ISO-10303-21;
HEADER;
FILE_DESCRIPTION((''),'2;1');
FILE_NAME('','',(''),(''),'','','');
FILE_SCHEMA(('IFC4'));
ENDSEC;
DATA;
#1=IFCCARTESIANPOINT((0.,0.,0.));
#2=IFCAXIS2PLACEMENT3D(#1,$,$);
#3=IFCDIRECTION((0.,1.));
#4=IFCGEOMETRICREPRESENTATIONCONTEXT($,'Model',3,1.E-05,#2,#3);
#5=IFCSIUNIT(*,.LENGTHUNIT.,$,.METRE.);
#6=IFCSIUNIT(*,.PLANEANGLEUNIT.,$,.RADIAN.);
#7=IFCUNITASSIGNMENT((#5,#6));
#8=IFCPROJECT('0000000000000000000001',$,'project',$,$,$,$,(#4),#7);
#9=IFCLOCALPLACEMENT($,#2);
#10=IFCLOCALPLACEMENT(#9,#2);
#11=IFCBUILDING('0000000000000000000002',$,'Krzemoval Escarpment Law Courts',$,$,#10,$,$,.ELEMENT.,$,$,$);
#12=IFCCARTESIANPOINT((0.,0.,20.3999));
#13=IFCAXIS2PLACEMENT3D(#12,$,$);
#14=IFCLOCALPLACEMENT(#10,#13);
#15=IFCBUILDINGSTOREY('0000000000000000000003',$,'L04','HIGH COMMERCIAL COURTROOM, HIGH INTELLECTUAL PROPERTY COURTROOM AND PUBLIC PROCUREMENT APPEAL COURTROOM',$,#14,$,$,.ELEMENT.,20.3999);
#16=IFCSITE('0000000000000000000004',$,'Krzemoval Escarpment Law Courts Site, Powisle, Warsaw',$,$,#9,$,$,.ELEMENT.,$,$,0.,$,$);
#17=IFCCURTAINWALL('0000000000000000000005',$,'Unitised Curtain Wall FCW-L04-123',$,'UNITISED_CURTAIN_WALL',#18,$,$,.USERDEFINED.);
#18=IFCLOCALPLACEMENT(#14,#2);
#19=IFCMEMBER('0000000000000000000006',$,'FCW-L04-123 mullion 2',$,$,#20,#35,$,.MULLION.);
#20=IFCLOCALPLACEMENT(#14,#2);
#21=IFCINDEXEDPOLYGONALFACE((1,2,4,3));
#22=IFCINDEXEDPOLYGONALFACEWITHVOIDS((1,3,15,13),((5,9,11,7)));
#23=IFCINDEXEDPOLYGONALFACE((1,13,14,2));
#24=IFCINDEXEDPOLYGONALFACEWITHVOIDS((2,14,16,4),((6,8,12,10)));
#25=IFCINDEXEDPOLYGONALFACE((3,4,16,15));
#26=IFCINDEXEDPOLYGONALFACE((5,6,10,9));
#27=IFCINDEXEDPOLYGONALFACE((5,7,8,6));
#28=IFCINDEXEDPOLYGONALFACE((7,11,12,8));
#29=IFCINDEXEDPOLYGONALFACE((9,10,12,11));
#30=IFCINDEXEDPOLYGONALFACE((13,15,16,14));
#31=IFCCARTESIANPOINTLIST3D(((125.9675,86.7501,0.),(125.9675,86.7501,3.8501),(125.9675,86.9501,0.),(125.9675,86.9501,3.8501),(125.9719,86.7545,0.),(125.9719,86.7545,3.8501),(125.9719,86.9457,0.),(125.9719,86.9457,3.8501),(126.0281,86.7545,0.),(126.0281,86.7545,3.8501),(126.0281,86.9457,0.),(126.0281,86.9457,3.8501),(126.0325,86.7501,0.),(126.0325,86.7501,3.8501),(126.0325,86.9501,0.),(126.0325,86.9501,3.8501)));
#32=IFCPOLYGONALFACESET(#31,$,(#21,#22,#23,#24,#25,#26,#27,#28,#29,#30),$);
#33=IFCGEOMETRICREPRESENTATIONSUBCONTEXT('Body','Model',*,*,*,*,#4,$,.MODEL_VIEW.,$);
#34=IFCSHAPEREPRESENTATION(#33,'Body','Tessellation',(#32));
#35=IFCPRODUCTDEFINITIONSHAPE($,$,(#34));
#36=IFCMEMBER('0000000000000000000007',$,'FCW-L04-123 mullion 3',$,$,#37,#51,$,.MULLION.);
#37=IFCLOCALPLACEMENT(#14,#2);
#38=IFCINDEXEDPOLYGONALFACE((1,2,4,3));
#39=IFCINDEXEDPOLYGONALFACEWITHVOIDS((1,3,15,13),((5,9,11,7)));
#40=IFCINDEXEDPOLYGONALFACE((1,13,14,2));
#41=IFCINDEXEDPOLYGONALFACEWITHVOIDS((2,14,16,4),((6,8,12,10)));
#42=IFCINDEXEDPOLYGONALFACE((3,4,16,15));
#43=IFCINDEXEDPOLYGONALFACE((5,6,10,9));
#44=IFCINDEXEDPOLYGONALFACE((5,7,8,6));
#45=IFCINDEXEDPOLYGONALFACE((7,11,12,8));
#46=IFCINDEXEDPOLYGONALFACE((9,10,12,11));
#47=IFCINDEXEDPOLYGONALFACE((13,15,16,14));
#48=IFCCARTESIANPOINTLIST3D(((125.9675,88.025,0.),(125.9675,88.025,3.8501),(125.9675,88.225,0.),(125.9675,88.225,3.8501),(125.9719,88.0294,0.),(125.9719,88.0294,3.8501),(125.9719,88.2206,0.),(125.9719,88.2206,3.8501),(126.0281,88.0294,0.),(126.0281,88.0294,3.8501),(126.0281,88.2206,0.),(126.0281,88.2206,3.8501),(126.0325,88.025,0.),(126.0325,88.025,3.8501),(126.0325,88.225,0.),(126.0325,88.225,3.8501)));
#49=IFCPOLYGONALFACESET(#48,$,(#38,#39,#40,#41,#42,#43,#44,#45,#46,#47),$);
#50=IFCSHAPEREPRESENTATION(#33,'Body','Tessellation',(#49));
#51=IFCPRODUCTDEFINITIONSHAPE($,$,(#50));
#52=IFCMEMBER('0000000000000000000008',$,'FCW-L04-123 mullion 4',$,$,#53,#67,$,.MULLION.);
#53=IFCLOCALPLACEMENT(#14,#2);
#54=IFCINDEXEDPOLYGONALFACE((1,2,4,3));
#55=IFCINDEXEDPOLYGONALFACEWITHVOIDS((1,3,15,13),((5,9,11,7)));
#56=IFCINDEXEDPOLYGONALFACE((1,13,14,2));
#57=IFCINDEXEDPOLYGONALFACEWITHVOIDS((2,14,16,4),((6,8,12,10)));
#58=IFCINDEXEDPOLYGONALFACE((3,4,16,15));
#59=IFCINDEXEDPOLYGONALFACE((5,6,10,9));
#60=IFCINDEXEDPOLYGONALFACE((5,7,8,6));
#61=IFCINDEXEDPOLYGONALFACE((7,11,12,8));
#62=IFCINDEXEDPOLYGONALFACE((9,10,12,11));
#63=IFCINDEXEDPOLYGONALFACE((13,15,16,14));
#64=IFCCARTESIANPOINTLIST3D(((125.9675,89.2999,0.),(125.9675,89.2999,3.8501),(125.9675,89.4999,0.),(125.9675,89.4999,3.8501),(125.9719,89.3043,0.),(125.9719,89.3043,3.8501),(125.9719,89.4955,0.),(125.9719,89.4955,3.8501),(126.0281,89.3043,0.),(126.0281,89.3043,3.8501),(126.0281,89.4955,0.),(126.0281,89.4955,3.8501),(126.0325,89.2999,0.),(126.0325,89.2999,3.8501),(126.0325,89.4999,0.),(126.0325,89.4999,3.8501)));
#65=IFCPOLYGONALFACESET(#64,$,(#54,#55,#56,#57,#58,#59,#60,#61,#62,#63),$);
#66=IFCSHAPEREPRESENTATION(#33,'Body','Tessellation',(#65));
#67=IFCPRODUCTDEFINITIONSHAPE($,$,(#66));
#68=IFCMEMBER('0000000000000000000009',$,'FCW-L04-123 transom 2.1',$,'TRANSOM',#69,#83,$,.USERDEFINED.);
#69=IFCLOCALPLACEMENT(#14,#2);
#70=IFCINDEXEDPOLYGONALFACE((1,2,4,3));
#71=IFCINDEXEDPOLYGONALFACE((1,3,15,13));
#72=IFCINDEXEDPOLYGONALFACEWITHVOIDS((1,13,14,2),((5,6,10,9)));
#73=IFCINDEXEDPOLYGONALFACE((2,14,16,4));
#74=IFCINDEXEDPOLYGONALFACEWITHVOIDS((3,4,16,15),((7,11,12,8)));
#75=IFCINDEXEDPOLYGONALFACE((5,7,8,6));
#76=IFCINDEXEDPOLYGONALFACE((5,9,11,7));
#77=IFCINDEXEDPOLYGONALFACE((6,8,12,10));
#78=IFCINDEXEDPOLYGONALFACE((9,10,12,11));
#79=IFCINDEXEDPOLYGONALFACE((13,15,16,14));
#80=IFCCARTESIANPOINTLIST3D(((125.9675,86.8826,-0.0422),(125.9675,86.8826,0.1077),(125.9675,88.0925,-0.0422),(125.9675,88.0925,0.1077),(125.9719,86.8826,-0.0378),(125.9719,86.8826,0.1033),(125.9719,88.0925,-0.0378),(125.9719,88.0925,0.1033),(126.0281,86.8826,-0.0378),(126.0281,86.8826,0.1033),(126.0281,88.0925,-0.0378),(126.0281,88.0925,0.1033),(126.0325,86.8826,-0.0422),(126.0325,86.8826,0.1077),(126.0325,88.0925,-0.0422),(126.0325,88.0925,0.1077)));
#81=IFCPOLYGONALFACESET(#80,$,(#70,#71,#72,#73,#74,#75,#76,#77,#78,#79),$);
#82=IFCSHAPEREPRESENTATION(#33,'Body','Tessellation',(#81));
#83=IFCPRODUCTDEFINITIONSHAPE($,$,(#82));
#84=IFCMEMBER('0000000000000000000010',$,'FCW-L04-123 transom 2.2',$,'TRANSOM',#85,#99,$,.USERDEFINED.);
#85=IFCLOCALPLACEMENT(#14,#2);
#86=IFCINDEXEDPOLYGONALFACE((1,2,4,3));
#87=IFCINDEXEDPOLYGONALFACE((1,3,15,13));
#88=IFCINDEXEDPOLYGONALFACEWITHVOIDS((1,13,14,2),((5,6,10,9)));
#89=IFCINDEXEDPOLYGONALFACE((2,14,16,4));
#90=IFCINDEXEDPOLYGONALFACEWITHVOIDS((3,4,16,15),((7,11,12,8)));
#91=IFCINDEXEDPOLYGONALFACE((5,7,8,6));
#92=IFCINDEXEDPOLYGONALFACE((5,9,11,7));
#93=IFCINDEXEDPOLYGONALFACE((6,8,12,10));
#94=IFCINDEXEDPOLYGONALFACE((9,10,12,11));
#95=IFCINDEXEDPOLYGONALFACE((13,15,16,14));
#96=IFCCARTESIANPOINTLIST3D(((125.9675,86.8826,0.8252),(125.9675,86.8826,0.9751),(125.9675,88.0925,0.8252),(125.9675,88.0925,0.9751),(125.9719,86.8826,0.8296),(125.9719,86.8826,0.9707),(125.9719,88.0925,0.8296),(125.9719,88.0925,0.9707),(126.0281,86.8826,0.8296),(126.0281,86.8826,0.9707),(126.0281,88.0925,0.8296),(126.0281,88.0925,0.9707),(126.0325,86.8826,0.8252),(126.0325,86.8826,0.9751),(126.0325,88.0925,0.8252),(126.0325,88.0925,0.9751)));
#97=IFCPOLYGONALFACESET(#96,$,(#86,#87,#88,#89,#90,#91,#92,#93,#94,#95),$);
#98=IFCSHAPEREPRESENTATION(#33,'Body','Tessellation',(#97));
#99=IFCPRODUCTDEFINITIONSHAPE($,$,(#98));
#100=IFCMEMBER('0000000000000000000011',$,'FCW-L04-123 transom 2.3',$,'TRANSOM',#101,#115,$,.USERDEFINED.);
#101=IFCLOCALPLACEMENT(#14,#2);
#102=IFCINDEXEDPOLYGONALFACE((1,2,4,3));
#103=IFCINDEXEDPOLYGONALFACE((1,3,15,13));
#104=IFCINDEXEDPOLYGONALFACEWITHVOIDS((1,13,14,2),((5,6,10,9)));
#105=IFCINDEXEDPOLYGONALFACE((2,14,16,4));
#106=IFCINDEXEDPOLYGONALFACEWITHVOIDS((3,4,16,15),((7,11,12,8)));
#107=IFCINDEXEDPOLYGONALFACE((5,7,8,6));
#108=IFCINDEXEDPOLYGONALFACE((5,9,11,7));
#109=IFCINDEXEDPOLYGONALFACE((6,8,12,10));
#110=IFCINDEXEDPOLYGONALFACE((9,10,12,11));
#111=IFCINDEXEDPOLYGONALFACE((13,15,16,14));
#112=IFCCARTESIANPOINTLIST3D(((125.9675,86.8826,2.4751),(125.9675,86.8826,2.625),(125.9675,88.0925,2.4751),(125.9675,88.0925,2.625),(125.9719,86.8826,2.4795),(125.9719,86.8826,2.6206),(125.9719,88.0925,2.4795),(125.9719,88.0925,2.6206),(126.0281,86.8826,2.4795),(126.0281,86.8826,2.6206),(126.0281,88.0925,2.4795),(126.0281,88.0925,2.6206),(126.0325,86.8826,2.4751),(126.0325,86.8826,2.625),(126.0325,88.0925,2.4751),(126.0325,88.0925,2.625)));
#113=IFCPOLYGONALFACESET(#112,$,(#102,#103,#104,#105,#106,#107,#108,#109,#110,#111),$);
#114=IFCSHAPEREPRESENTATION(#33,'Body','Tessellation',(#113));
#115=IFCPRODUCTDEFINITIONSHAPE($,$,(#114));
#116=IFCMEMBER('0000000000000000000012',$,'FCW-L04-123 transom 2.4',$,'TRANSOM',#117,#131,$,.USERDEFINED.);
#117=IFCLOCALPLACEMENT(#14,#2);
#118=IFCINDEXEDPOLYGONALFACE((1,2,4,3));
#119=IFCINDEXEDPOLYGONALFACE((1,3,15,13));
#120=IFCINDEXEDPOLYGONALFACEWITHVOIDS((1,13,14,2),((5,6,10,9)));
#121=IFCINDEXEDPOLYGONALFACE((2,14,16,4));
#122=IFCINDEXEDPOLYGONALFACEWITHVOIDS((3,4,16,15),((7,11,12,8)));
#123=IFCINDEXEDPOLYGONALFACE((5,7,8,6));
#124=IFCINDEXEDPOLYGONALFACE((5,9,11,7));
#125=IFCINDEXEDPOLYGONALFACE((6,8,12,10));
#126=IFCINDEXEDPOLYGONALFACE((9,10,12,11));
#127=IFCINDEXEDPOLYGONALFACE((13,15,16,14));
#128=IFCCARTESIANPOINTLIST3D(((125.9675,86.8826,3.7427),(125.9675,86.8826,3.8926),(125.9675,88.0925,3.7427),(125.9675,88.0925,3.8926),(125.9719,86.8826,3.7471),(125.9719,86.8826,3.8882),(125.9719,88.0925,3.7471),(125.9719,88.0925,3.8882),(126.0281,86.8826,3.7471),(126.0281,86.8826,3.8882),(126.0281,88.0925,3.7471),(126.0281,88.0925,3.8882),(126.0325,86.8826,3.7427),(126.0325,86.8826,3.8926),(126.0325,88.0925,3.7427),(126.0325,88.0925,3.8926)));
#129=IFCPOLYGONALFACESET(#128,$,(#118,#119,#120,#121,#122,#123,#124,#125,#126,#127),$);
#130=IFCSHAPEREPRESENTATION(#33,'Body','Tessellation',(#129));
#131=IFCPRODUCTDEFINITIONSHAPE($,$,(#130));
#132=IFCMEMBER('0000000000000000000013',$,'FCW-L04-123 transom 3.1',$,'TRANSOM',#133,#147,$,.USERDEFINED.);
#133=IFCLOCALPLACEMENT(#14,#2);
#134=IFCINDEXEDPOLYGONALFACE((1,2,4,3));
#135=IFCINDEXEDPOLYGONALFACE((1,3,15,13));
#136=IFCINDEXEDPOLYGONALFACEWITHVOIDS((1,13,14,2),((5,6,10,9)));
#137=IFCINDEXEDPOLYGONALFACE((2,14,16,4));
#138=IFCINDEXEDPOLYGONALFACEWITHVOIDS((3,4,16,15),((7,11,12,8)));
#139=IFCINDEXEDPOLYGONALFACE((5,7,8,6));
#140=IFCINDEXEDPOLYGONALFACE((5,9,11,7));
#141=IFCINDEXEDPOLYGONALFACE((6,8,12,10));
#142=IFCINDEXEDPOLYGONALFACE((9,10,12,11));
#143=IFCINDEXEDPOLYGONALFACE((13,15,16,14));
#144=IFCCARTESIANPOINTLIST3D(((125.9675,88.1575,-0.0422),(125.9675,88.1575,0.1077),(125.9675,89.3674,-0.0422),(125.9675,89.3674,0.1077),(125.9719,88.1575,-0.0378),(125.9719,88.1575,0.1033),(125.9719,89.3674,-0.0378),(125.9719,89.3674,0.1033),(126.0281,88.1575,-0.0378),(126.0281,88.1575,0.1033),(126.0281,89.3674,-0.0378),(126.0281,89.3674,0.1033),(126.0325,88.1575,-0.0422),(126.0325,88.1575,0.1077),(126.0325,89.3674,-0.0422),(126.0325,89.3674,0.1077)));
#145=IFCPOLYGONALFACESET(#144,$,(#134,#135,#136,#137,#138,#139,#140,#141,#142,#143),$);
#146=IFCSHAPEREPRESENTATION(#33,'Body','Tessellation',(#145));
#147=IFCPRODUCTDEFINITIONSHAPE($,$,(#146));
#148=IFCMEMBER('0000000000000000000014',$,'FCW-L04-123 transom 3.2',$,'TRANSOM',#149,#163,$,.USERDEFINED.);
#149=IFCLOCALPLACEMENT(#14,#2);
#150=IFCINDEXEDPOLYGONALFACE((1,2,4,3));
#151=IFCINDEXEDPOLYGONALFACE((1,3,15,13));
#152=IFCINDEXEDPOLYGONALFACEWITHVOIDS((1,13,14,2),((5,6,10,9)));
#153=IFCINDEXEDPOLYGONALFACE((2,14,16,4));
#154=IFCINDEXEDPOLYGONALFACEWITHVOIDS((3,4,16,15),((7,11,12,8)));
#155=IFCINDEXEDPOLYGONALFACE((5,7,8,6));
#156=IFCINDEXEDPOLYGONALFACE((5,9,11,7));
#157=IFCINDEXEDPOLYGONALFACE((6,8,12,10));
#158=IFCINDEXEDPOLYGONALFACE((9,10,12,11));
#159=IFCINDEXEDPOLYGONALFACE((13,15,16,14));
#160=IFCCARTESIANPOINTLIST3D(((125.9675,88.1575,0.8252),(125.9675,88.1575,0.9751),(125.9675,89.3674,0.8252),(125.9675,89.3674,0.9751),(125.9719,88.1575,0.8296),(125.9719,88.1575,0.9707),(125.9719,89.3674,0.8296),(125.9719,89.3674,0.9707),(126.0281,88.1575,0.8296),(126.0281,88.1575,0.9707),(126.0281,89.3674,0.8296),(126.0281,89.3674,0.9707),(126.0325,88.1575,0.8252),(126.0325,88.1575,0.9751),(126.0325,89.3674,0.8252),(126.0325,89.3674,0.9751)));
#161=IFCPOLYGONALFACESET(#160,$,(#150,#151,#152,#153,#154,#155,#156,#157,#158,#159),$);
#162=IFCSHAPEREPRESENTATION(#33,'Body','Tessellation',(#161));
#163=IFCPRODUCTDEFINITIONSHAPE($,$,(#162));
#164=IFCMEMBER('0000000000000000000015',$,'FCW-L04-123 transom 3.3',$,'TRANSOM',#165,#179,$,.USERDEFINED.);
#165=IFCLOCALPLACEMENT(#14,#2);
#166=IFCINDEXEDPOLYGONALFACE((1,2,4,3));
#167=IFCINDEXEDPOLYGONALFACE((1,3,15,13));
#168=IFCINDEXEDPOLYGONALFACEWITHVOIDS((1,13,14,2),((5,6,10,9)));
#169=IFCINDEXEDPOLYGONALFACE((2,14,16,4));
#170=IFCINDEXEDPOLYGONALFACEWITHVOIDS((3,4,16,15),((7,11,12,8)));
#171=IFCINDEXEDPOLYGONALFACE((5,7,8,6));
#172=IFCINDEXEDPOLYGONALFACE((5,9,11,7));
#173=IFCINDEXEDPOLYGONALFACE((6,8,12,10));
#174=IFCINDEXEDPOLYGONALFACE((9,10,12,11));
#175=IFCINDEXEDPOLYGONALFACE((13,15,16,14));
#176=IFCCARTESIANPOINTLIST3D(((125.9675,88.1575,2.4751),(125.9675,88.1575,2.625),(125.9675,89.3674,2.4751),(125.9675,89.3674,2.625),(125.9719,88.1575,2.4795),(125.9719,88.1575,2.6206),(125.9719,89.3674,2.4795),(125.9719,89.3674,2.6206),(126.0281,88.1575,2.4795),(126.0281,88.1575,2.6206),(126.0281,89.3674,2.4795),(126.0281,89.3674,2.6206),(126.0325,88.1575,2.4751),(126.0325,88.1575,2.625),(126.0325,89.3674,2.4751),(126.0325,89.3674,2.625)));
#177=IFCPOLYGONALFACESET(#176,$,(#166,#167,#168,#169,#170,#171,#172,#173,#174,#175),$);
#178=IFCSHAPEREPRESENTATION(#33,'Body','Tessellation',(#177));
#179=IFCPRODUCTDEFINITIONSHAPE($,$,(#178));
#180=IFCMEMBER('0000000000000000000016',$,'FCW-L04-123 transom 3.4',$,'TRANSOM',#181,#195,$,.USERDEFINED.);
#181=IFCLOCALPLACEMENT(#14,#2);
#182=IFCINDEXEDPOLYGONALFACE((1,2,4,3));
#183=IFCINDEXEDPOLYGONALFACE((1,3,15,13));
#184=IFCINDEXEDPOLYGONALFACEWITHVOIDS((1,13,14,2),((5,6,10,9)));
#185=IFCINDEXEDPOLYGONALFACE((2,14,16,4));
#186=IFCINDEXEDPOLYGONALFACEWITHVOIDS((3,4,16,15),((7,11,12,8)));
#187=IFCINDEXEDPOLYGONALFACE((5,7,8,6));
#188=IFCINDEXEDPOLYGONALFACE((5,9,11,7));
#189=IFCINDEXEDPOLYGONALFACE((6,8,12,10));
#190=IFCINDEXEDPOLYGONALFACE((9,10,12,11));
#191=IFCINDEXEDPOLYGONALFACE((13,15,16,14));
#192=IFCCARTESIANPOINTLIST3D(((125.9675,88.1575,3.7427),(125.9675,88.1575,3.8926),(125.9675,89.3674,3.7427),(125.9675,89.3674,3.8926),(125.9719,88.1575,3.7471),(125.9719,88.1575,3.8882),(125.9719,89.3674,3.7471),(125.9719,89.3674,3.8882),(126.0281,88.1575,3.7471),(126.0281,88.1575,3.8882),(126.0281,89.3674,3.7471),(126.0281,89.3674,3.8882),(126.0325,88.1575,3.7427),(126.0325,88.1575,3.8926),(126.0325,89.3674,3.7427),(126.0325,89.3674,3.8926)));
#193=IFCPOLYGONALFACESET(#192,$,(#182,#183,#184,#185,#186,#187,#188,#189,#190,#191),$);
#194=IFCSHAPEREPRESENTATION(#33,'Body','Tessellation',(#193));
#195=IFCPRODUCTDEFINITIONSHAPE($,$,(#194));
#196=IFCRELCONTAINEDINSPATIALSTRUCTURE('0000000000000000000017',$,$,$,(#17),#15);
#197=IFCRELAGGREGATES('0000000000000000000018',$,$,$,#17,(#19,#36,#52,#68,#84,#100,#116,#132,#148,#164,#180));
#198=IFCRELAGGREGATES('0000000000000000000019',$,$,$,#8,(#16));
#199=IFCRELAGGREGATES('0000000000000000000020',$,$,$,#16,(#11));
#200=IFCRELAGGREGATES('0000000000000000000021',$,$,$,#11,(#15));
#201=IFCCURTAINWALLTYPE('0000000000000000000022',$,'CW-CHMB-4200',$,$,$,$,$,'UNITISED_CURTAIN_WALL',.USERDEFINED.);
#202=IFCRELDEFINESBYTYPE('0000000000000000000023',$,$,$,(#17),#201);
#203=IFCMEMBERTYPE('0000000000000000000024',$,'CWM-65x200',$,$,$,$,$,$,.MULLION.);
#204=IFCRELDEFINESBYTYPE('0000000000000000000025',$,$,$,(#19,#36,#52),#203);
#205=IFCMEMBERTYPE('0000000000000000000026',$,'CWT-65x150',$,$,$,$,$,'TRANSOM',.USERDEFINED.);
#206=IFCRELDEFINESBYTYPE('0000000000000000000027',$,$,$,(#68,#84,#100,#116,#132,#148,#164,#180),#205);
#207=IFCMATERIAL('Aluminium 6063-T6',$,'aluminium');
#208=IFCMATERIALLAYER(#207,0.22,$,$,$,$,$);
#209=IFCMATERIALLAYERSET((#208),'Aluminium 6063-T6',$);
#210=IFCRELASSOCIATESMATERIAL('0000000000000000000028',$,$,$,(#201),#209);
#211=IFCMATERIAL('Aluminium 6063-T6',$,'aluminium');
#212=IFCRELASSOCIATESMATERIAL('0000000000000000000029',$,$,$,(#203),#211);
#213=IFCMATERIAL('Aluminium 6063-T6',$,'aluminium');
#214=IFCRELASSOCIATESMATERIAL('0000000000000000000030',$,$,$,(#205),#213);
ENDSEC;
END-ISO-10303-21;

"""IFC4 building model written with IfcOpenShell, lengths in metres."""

from ifc_helpers import new_model, si_unit, direction, frame, origin, origin_2d, place, context, subcontext, project, spatial, hollow_rectangle, extrude, material, layer, layer_set, material_profile, profile_set, type_object, element, aggregate, save


model = new_model("IFC4")

# Units and contexts
model_context = context("Model", 3, precision=1e-05, world=origin(), true_north=direction((0.0, 1.0)))
body_context = subcontext(model_context, "Body", "Model", "MODEL_VIEW")
ifc_project = project(units=[si_unit("LENGTHUNIT", "METRE"), si_unit("PLANEANGLEUNIT", "RADIAN")], contexts=[model_context])

# Site, building, storey
site_placement = place(None, origin())
site = spatial("IfcSite", under=ifc_project, at=site_placement, Name="Krzemoval Escarpment Law Courts Site, Powisle, Warsaw", CompositionType="ELEMENT", RefElevation=0.0)
building_placement = place(site_placement, origin())
building = spatial("IfcBuilding", under=site, at=building_placement, Name="Krzemoval Escarpment Law Courts", CompositionType="ELEMENT")
storey_placement = place(building_placement, frame((0.0, 0.0, 20.3999)))
storey = spatial("IfcBuildingStorey", under=building, at=storey_placement, Name="L04", Description="HIGH COMMERCIAL COURTROOM, HIGH INTELLECTUAL PROPERTY COURTROOM AND PUBLIC PROCUREMENT APPEAL COURTROOM", CompositionType="ELEMENT", Elevation=20.3999)

# Curtain wall, members
ifc_material_1 = material(Name="Aluminium 6063-T6", Category="aluminium")
ifc_layer_1 = layer(ifc_material_1, 0.22)
ifc_layer_set_1 = layer_set([ifc_layer_1], Name="Aluminium 6063-T6")
curtain_wall_type = type_object("IfcCurtainWallType", Name="CW-CHMB-4200", ElementType="UNITISED_CURTAIN_WALL", PredefinedType="USERDEFINED", material=ifc_layer_set_1)
curtain_wall_placement = place(storey_placement, origin())
curtain_wall = element("IfcCurtainWall", 1, at=curtain_wall_placement, inside=storey, type_object=curtain_wall_type, Name="Unitised Curtain Wall FCW-L04-123", ObjectType="UNITISED_CURTAIN_WALL", PredefinedType="USERDEFINED")
ifc_material_2 = material(Name="Aluminium 6063-T6", Category="aluminium")
ifc_material_profile_1 = material_profile(ifc_material_2, hollow_rectangle(XDim=0.0649, YDim=0.2, WallThickness=0.0044, at=origin_2d()), Name="ALU M65x200")
ifc_profile_set_1 = profile_set([ifc_material_profile_1], Name="Aluminium 6063-T6")
member_type_1 = type_object("IfcMemberType", Name="CWM-65x200", PredefinedType="MULLION", material=ifc_profile_set_1)
member_1_placement = place(storey_placement, frame((126.0, 86.8501, 0.0), z_axis=(0.0, 0.0, 1.0), x_axis=(-1.0, 0.0, 0.0)))
member_1 = element("IfcMember", 2, at=member_1_placement, type_object=member_type_1, Name="FCW-L04-123 mullion 2", PredefinedType="MULLION", context=body_context, shape_type="SweptSolid", body=[
    extrude(hollow_rectangle(XDim=0.0649, YDim=0.2, WallThickness=0.0044, at=origin_2d()), origin(), (0.0, 0.0, 1.0), 3.8501),
])
member_2_placement = place(storey_placement, frame((126.0, 88.125, 0.0), z_axis=(0.0, 0.0, 1.0), x_axis=(-1.0, 0.0, 0.0)))
member_2 = element("IfcMember", 3, at=member_2_placement, type_object=member_type_1, Name="FCW-L04-123 mullion 3", PredefinedType="MULLION", context=body_context, shape_type="SweptSolid", body=[
    extrude(hollow_rectangle(XDim=0.0649, YDim=0.2, WallThickness=0.0044, at=origin_2d()), origin(), (0.0, 0.0, 1.0), 3.8501),
])
member_3_placement = place(storey_placement, frame((126.0, 89.3999, 0.0), z_axis=(0.0, 0.0, 1.0), x_axis=(-1.0, 0.0, 0.0)))
member_3 = element("IfcMember", 4, at=member_3_placement, type_object=member_type_1, Name="FCW-L04-123 mullion 4", PredefinedType="MULLION", context=body_context, shape_type="SweptSolid", body=[
    extrude(hollow_rectangle(XDim=0.0649, YDim=0.2, WallThickness=0.0044, at=origin_2d()), origin(), (0.0, 0.0, 1.0), 3.8501),
])
ifc_material_3 = material(Name="Aluminium 6063-T6", Category="aluminium")
ifc_material_profile_2 = material_profile(ifc_material_3, hollow_rectangle(XDim=0.0649, YDim=0.1499, WallThickness=0.0044, at=origin_2d()), Name="ALU T65x150")
ifc_profile_set_2 = profile_set([ifc_material_profile_2], Name="Aluminium 6063-T6")
member_type_2 = type_object("IfcMemberType", Name="CWT-65x150", ElementType="TRANSOM", PredefinedType="USERDEFINED", material=ifc_profile_set_2)
member_4_placement = place(storey_placement, frame((126.0, 86.8826, 0.0327), z_axis=(0.0, 1.0, 0.0), x_axis=(-1.0, 0.0, 0.0)))
member_4 = element("IfcMember", 5, at=member_4_placement, type_object=member_type_2, Name="FCW-L04-123 transom 2.1", ObjectType="TRANSOM", PredefinedType="USERDEFINED", context=body_context, shape_type="SweptSolid", body=[
    extrude(hollow_rectangle(XDim=0.0649, YDim=0.1499, WallThickness=0.0044, at=origin_2d()), origin(), (0.0, 0.0, 1.0), 1.21),
])
member_5_placement = place(storey_placement, frame((126.0, 86.8826, 0.9001), z_axis=(0.0, 1.0, 0.0), x_axis=(-1.0, 0.0, 0.0)))
member_5 = element("IfcMember", 6, at=member_5_placement, type_object=member_type_2, Name="FCW-L04-123 transom 2.2", ObjectType="TRANSOM", PredefinedType="USERDEFINED", context=body_context, shape_type="SweptSolid", body=[
    extrude(hollow_rectangle(XDim=0.0649, YDim=0.1499, WallThickness=0.0044, at=origin_2d()), origin(), (0.0, 0.0, 1.0), 1.21),
])
member_6_placement = place(storey_placement, frame((126.0, 86.8826, 2.55), z_axis=(0.0, 1.0, 0.0), x_axis=(-1.0, 0.0, 0.0)))
member_6 = element("IfcMember", 7, at=member_6_placement, type_object=member_type_2, Name="FCW-L04-123 transom 2.3", ObjectType="TRANSOM", PredefinedType="USERDEFINED", context=body_context, shape_type="SweptSolid", body=[
    extrude(hollow_rectangle(XDim=0.0649, YDim=0.1499, WallThickness=0.0044, at=origin_2d()), origin(), (0.0, 0.0, 1.0), 1.21),
])
member_7_placement = place(storey_placement, frame((126.0, 86.8826, 3.8176), z_axis=(0.0, 1.0, 0.0), x_axis=(-1.0, 0.0, 0.0)))
member_7 = element("IfcMember", 8, at=member_7_placement, type_object=member_type_2, Name="FCW-L04-123 transom 2.4", ObjectType="TRANSOM", PredefinedType="USERDEFINED", context=body_context, shape_type="SweptSolid", body=[
    extrude(hollow_rectangle(XDim=0.0649, YDim=0.1499, WallThickness=0.0044, at=origin_2d()), origin(), (0.0, 0.0, 1.0), 1.21),
])
member_8_placement = place(storey_placement, frame((126.0, 88.1575, 0.0327), z_axis=(0.0, 1.0, 0.0), x_axis=(-1.0, 0.0, 0.0)))
member_8 = element("IfcMember", 9, at=member_8_placement, type_object=member_type_2, Name="FCW-L04-123 transom 3.1", ObjectType="TRANSOM", PredefinedType="USERDEFINED", context=body_context, shape_type="SweptSolid", body=[
    extrude(hollow_rectangle(XDim=0.0649, YDim=0.1499, WallThickness=0.0044, at=origin_2d()), origin(), (0.0, 0.0, 1.0), 1.21),
])
member_9_placement = place(storey_placement, frame((126.0, 88.1575, 0.9001), z_axis=(0.0, 1.0, 0.0), x_axis=(-1.0, 0.0, 0.0)))
member_9 = element("IfcMember", 10, at=member_9_placement, type_object=member_type_2, Name="FCW-L04-123 transom 3.2", ObjectType="TRANSOM", PredefinedType="USERDEFINED", context=body_context, shape_type="SweptSolid", body=[
    extrude(hollow_rectangle(XDim=0.0649, YDim=0.1499, WallThickness=0.0044, at=origin_2d()), origin(), (0.0, 0.0, 1.0), 1.21),
])
member_10_placement = place(storey_placement, frame((126.0, 88.1575, 2.55), z_axis=(0.0, 1.0, 0.0), x_axis=(-1.0, 0.0, 0.0)))
member_10 = element("IfcMember", 11, at=member_10_placement, type_object=member_type_2, Name="FCW-L04-123 transom 3.3", ObjectType="TRANSOM", PredefinedType="USERDEFINED", context=body_context, shape_type="SweptSolid", body=[
    extrude(hollow_rectangle(XDim=0.0649, YDim=0.1499, WallThickness=0.0044, at=origin_2d()), origin(), (0.0, 0.0, 1.0), 1.21),
])
member_11_placement = place(storey_placement, frame((126.0, 88.1575, 3.8176), z_axis=(0.0, 1.0, 0.0), x_axis=(-1.0, 0.0, 0.0)))
member_11 = element("IfcMember", 12, at=member_11_placement, type_object=member_type_2, Name="FCW-L04-123 transom 3.4", ObjectType="TRANSOM", PredefinedType="USERDEFINED", context=body_context, shape_type="SweptSolid", body=[
    extrude(hollow_rectangle(XDim=0.0649, YDim=0.1499, WallThickness=0.0044, at=origin_2d()), origin(), (0.0, 0.0, 1.0), 1.21),
])
aggregate(curtain_wall, [member_1, member_2, member_3, member_4, member_5, member_6, member_7, member_8, member_9, member_10, member_11])

save(model, "model.ifc")
